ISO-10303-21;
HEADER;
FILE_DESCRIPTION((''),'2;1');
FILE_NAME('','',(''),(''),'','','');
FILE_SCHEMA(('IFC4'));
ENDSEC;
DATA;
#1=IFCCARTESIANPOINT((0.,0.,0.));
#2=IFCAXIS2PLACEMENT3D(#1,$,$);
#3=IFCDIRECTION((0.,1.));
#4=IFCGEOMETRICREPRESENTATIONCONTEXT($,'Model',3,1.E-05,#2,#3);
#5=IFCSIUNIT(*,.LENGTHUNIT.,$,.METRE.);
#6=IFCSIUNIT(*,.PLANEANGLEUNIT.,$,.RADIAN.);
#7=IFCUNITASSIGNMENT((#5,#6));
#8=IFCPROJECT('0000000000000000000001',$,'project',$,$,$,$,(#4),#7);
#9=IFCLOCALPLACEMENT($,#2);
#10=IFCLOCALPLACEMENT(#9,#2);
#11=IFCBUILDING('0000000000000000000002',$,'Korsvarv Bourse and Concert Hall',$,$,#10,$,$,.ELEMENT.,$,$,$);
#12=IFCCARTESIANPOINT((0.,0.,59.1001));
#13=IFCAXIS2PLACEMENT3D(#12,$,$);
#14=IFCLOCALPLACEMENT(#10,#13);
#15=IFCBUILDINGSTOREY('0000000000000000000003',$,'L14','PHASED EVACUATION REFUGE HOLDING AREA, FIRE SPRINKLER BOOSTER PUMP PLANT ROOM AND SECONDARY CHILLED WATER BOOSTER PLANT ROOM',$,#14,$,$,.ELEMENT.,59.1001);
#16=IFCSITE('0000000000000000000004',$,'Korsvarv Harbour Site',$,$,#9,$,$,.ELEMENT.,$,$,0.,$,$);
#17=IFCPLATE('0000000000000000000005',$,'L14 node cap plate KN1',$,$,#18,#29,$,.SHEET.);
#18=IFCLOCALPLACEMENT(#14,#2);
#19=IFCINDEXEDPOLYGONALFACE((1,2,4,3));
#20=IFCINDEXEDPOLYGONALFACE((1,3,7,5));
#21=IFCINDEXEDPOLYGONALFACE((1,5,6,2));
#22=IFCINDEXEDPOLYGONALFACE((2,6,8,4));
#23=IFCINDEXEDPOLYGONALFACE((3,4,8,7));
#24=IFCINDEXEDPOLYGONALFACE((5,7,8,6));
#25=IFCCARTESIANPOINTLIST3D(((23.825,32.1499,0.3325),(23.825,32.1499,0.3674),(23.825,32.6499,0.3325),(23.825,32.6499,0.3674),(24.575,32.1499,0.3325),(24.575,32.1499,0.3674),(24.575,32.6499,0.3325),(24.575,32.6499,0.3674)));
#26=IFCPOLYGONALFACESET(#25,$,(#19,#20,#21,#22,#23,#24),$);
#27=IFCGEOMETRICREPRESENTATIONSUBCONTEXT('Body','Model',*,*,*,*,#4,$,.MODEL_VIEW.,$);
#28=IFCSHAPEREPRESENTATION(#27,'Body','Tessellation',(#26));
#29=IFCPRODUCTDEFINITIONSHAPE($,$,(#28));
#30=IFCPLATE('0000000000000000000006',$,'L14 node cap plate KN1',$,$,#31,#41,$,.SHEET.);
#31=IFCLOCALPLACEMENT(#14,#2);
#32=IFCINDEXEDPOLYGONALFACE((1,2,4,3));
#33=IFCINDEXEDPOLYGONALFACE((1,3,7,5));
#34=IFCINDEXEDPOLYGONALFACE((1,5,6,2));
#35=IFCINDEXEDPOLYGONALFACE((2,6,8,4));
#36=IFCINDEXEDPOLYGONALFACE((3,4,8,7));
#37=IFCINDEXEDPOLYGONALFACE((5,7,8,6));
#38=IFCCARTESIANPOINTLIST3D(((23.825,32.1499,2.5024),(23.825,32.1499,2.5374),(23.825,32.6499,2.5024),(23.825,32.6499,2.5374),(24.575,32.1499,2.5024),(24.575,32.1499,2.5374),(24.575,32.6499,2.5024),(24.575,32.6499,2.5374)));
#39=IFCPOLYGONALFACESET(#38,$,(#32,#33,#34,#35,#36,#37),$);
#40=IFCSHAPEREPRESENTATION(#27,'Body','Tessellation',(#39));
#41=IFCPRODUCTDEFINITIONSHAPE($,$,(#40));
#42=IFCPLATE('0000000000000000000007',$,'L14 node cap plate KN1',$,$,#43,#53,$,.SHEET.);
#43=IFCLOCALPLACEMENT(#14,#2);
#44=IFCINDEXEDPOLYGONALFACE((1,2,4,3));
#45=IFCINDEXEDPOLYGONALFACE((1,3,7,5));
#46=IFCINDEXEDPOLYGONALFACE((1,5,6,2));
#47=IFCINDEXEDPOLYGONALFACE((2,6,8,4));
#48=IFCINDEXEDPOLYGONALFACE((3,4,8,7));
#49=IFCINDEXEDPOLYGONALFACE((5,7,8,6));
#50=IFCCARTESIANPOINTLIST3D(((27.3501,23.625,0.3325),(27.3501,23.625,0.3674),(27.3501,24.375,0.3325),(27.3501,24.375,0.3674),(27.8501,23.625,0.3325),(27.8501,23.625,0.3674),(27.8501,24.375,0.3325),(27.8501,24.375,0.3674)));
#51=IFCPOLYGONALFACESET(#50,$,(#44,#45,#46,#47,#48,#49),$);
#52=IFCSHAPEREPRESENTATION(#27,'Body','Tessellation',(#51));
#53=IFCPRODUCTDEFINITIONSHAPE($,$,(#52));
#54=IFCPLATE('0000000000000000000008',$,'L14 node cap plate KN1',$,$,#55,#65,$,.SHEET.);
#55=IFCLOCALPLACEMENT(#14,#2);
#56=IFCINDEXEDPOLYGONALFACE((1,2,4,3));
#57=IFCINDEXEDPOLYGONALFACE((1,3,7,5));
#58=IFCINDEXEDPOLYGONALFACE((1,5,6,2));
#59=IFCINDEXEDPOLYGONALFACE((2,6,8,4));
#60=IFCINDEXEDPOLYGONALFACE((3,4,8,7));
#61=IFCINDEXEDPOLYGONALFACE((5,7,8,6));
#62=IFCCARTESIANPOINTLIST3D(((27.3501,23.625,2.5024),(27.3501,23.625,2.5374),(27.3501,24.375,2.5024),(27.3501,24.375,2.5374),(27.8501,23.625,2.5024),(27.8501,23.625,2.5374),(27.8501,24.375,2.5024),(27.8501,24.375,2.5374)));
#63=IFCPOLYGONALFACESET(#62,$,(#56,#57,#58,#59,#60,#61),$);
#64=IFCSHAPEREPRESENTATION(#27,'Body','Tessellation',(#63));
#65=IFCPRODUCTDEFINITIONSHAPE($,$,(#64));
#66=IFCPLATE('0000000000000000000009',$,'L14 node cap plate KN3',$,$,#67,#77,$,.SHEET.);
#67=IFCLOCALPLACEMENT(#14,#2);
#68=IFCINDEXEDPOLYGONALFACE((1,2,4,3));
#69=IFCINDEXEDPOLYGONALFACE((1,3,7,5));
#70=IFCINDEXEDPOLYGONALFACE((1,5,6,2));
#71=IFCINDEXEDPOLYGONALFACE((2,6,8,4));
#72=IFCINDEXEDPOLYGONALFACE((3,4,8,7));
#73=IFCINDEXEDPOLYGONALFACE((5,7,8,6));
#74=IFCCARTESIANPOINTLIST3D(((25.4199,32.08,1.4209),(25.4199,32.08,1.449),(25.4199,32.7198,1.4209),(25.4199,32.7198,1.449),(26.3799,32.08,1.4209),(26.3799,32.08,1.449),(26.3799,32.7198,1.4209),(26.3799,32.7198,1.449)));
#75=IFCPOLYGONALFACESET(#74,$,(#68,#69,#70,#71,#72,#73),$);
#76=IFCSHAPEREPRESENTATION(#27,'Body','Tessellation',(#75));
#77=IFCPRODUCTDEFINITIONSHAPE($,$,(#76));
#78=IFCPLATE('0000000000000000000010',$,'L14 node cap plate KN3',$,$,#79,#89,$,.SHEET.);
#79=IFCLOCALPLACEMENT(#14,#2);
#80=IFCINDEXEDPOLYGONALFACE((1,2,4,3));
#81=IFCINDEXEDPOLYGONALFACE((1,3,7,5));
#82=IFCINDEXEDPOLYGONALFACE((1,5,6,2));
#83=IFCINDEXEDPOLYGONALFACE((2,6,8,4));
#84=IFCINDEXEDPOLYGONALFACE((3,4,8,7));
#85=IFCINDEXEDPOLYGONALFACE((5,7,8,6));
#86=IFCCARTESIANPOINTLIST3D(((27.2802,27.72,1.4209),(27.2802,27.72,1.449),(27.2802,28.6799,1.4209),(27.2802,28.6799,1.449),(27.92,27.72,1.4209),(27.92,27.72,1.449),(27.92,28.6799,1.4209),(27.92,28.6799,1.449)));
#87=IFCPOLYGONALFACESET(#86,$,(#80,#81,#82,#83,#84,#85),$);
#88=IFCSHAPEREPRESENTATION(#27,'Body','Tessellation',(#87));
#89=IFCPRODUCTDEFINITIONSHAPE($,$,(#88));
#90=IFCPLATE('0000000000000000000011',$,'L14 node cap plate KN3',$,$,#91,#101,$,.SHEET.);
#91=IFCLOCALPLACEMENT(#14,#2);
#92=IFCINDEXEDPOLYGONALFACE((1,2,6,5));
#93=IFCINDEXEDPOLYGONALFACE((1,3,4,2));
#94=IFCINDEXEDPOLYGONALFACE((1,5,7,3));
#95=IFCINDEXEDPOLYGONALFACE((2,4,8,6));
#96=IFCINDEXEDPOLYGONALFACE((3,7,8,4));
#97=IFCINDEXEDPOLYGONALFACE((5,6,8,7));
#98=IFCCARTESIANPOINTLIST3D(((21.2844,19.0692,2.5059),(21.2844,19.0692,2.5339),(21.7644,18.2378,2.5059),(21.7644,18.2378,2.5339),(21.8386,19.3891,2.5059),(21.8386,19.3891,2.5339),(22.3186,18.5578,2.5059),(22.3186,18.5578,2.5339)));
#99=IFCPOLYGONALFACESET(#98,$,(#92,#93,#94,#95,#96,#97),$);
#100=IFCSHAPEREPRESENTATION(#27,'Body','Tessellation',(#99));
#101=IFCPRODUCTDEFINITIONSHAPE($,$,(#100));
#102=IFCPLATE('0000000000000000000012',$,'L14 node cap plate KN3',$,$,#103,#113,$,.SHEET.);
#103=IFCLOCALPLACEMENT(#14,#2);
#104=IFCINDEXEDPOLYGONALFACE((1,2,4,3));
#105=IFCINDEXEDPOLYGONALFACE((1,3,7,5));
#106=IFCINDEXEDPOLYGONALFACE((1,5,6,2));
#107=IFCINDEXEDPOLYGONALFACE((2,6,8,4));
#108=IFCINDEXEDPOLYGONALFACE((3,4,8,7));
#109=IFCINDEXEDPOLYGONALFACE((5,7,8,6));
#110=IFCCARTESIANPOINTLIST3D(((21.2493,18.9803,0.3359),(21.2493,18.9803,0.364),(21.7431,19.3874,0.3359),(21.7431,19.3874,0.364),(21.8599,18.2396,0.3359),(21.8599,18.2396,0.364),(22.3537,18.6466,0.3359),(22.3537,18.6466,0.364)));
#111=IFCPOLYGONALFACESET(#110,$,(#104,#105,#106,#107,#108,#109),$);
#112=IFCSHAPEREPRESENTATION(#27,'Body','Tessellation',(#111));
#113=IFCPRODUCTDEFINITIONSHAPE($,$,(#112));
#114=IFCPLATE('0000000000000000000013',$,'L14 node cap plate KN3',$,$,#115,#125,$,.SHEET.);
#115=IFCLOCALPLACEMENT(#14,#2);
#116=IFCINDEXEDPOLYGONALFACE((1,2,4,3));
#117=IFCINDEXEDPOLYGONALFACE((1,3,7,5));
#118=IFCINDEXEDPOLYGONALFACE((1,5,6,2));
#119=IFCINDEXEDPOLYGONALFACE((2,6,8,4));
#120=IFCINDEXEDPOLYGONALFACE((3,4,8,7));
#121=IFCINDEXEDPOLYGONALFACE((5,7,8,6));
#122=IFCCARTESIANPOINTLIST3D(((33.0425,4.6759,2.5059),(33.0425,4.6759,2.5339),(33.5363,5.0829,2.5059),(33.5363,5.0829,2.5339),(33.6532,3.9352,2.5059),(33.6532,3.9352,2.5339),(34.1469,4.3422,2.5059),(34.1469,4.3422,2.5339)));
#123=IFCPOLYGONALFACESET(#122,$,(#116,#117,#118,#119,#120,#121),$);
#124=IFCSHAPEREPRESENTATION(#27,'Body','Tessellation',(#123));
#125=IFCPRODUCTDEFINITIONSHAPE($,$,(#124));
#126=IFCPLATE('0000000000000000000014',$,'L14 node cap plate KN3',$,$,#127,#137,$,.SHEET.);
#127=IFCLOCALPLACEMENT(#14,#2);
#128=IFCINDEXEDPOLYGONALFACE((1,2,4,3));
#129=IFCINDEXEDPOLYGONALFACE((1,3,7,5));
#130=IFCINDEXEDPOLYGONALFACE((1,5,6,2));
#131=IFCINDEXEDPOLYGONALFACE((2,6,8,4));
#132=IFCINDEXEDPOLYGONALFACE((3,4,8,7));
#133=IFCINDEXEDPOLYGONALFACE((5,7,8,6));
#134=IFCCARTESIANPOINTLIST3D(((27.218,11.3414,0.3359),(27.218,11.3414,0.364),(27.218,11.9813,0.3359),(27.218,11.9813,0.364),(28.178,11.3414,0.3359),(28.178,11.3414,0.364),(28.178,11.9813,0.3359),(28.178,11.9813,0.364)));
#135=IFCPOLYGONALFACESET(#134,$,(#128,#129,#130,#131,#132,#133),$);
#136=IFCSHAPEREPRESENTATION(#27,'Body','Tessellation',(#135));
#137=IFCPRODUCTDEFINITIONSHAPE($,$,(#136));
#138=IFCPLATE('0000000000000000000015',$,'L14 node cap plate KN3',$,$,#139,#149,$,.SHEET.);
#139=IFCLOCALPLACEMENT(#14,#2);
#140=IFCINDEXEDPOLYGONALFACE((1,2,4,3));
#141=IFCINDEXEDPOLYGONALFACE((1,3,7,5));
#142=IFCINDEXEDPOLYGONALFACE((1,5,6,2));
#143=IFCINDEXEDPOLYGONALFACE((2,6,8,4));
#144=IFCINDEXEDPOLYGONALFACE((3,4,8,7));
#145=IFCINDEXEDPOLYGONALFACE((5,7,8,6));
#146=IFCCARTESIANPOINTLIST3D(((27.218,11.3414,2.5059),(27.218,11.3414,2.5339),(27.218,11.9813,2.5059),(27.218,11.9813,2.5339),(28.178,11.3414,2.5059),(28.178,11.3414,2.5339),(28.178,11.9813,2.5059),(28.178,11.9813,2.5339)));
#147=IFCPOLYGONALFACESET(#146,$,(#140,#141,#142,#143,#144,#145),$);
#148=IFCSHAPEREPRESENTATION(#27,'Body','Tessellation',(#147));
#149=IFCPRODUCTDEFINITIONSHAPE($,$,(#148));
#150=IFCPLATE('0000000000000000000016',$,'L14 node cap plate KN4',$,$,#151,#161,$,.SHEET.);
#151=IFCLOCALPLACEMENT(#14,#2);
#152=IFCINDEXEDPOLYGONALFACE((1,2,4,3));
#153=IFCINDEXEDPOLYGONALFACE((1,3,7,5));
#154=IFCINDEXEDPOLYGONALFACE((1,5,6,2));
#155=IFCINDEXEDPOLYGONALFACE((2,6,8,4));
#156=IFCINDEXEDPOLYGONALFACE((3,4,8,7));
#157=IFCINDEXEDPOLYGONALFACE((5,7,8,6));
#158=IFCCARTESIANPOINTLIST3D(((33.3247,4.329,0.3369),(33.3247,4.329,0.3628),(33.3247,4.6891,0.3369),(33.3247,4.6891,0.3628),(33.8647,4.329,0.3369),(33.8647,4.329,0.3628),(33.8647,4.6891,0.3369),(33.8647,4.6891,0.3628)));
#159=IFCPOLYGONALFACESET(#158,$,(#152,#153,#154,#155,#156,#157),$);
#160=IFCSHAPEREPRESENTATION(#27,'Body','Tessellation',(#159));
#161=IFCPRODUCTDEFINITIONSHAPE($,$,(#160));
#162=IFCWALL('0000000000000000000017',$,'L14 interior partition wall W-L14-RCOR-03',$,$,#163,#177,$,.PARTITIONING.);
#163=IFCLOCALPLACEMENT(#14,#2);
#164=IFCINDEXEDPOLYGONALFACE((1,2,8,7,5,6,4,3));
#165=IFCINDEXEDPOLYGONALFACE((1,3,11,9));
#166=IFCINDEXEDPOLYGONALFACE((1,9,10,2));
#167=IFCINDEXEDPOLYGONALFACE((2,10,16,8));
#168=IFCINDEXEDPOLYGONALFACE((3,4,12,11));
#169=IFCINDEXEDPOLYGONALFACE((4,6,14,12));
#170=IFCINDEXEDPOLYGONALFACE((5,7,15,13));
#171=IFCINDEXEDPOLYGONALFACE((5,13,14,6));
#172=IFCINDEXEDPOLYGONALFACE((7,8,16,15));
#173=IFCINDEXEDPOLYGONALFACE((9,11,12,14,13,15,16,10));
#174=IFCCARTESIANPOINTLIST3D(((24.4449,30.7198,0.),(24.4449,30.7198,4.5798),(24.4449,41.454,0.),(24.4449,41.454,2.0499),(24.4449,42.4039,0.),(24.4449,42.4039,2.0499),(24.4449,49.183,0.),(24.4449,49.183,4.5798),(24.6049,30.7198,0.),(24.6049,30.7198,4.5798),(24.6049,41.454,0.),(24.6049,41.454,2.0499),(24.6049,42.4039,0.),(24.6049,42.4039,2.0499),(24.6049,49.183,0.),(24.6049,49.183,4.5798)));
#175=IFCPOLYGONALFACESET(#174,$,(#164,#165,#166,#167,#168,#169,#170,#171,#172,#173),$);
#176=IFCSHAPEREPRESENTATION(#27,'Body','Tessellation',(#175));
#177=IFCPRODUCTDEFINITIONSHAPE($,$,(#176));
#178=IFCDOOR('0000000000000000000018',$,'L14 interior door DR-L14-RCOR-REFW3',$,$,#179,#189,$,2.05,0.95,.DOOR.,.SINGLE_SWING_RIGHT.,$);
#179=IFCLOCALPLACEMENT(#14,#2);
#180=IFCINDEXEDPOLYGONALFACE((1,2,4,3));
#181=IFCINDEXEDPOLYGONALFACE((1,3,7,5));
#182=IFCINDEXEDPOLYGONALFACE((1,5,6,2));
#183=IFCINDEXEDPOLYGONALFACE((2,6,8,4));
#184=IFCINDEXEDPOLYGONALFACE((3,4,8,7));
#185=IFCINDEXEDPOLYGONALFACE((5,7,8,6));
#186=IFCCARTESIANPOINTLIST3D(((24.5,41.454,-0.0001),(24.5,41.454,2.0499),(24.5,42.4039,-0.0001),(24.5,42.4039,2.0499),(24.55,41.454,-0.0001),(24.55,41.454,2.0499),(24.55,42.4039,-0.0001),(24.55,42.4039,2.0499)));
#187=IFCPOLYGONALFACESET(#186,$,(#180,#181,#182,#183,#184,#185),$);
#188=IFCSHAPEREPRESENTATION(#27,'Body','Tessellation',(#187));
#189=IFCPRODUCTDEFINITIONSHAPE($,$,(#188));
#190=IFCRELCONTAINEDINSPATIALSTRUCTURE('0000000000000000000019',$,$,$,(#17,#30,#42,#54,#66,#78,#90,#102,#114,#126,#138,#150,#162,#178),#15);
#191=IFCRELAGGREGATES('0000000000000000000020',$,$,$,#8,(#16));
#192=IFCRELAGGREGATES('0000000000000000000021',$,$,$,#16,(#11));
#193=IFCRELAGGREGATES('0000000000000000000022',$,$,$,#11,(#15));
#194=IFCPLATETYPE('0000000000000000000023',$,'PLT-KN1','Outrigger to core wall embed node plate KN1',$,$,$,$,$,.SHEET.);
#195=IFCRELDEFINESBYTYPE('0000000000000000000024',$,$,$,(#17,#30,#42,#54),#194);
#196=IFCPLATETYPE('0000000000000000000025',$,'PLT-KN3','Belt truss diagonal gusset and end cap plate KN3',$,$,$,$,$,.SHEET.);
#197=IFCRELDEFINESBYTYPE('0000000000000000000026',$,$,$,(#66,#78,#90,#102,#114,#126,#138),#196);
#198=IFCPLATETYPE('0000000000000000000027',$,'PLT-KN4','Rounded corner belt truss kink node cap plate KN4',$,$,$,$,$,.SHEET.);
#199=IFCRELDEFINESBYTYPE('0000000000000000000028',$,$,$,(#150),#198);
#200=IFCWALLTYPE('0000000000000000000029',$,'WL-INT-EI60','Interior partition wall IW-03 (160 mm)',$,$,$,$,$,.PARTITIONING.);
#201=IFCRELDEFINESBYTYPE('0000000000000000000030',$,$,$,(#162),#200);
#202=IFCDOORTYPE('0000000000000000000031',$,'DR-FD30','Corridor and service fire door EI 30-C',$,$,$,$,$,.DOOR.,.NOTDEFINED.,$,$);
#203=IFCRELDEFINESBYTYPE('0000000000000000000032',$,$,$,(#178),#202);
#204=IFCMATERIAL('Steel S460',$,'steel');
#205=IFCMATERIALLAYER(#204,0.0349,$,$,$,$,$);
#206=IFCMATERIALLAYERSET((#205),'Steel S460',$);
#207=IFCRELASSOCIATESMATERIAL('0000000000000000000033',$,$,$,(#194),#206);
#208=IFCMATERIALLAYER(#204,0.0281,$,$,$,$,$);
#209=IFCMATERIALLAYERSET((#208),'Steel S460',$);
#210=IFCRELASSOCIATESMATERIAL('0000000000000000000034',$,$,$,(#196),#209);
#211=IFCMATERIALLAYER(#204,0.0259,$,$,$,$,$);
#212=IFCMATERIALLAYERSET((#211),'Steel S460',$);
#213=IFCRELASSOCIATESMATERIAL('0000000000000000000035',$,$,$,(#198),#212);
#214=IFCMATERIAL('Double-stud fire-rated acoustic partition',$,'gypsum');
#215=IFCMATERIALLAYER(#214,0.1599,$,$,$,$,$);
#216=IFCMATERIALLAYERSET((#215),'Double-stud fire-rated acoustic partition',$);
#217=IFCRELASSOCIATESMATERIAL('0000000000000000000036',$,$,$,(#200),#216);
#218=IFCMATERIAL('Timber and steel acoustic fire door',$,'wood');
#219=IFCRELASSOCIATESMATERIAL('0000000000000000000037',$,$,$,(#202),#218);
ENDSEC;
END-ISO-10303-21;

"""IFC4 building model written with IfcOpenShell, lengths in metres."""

from ifc_helpers import new_model, si_unit, direction, frame, frame_2d, origin, origin_2d, place, context, subcontext, project, spatial, rectangle, extrude, source, transform, mapped, material, layer, layer_set, type_object, element, fill, save


model = new_model("IFC4")

# Units and contexts
model_context = context("Model", 3, precision=1e-05, world=origin(), true_north=direction((0.0, 1.0)))
body_context = subcontext(model_context, "Body", "Model", "MODEL_VIEW")
ifc_project = project(units=[si_unit("LENGTHUNIT", "METRE"), si_unit("PLANEANGLEUNIT", "RADIAN")], contexts=[model_context])

# Site, building, storey
site_placement = place(None, origin())
site = spatial("IfcSite", under=ifc_project, at=site_placement, Name="Korsvarv Harbour Site", CompositionType="ELEMENT", RefElevation=0.0)
building_placement = place(site_placement, origin())
building = spatial("IfcBuilding", under=site, at=building_placement, Name="Korsvarv Bourse and Concert Hall", CompositionType="ELEMENT")
storey_placement = place(building_placement, frame((0.0, 0.0, 59.1001)))
storey = spatial("IfcBuildingStorey", under=building, at=storey_placement, Name="L14", Description="PHASED EVACUATION REFUGE HOLDING AREA, FIRE SPRINKLER BOOSTER PUMP PLANT ROOM AND SECONDARY CHILLED WATER BOOSTER PLANT ROOM", CompositionType="ELEMENT", Elevation=59.1001)

# Shared definitions
ifc_material_1 = material(Name="Steel S460", Category="steel")

# Plates
ifc_layer_1 = layer(ifc_material_1, 0.0349)
ifc_layer_set_1 = layer_set([ifc_layer_1], Name="Steel S460")
plate_type_1 = type_object("IfcPlateType", Name="PLT-KN1", Description="Outrigger to core wall embed node plate KN1", PredefinedType="SHEET", material=ifc_layer_set_1)
shared_shape_1 = source(origin(), body_context, "Body", "SweptSolid", [
    extrude(rectangle(XDim=0.75, YDim=0.5, at=origin_2d()), origin(), (0.0, 0.0, 1.0), 0.0349),
])
for number, where, z_axis, x_axis, name in (
    (1, (24.2, 32.3999, 0.3325), (0.0, 0.0, 1.0), (1.0, 0.0, 0.0), "L14 node cap plate KN1"),
    (2, (24.2, 32.3999, 2.5024), (0.0, 0.0, 1.0), (1.0, 0.0, 0.0), "L14 node cap plate KN1"),
    (3, (27.6001, 24.0, 0.3325), (0.0, 0.0, 1.0), (0.0, 1.0, 0.0), "L14 node cap plate KN1"),
    (4, (27.6001, 24.0, 2.5024), (0.0, 0.0, 1.0), (0.0, 1.0, 0.0), "L14 node cap plate KN1"),
):
    element("IfcPlate", number, at=place(storey_placement, frame(where, z_axis=z_axis, x_axis=x_axis)), inside=storey, type_object=plate_type_1, Name=name, PredefinedType="SHEET", context=body_context, shape_type="MappedRepresentation", body=[
        mapped(shared_shape_1, transform((0.0, 0.0, 0.0), scale=1.0)),
    ])
ifc_layer_2 = layer(ifc_material_1, 0.0281)
ifc_layer_set_2 = layer_set([ifc_layer_2], Name="Steel S460")
plate_type_2 = type_object("IfcPlateType", Name="PLT-KN3", Description="Belt truss diagonal gusset and end cap plate KN3", PredefinedType="SHEET", material=ifc_layer_set_2)
shared_shape_2 = source(origin(), body_context, "Body", "SweptSolid", [
    extrude(rectangle(XDim=0.96, YDim=0.6399, at=origin_2d()), origin(), (0.0, 0.0, 1.0), 0.0281),
])
for number, where, z_axis, x_axis, name in (
    (5, (25.8999, 32.3999, 1.4209), (0.0, 0.0, 1.0), (1.0, 0.0, 0.0), "L14 node cap plate KN3"),
    (6, (27.6001, 28.2, 1.4209), (0.0, 0.0, 1.0), (0.0, 1.0, 0.0), "L14 node cap plate KN3"),
    (7, (21.8015, 18.8135, 2.5059), (0.0, 0.0, 1.0), (-0.5, 0.866025, 0.0), "L14 node cap plate KN3"),
    (8, (21.8015, 18.8135, 0.3359), (0.0, 0.0, 1.0), (-0.636078, 0.771625, 0.0), "L14 node cap plate KN3"),
    (9, (33.5947, 4.509, 2.5059), (0.0, 0.0, 1.0), (-0.636078, 0.771625, 0.0), "L14 node cap plate KN3"),
    (10, (27.698, 11.6614, 0.3359), (0.0, 0.0, 1.0), (1.0, 0.0, 0.0), "L14 node cap plate KN3"),
    (11, (27.698, 11.6614, 2.5059), (0.0, 0.0, 1.0), (1.0, 0.0, 0.0), "L14 node cap plate KN3"),
):
    element("IfcPlate", number, at=place(storey_placement, frame(where, z_axis=z_axis, x_axis=x_axis)), inside=storey, type_object=plate_type_2, Name=name, PredefinedType="SHEET", context=body_context, shape_type="MappedRepresentation", body=[
        mapped(shared_shape_2, transform((0.0, 0.0, 0.0), scale=1.0)),
    ])
ifc_layer_3 = layer(ifc_material_1, 0.0259)
ifc_layer_set_3 = layer_set([ifc_layer_3], Name="Steel S460")
plate_type_3 = type_object("IfcPlateType", Name="PLT-KN4", Description="Rounded corner belt truss kink node cap plate KN4", PredefinedType="SHEET", material=ifc_layer_set_3)
shared_shape_3 = source(origin(), body_context, "Body", "SweptSolid", [
    extrude(rectangle(XDim=0.54, YDim=0.3601, at=origin_2d()), origin(), (0.0, 0.0, 1.0), 0.0259),
])
plate_1_placement = place(storey_placement, frame((33.5947, 4.509, 0.3369), z_axis=(0.0, 0.0, 1.0), x_axis=(1.0, 0.0, 0.0)))
element("IfcPlate", 12, at=plate_1_placement, inside=storey, type_object=plate_type_3, Name="L14 node cap plate KN4", PredefinedType="SHEET", context=body_context, shape_type="MappedRepresentation", body=[
    mapped(shared_shape_3, transform((0.0, 0.0, 0.0), scale=1.0)),
])

# Wall, opening, door
ifc_material_2 = material(Name="Double-stud fire-rated acoustic partition", Category="gypsum")
ifc_layer_4 = layer(ifc_material_2, 0.1599)
ifc_layer_set_4 = layer_set([ifc_layer_4], Name="Double-stud fire-rated acoustic partition")
wall_type = type_object("IfcWallType", Name="WL-INT-EI60", Description="Interior partition wall IW-03 (160 mm)", PredefinedType="PARTITIONING", material=ifc_layer_set_4)
wall_placement = place(storey_placement, frame((24.5249, 30.72, 0.0), z_axis=(0.0, 0.0, 1.0), x_axis=(0.0, 1.0, 0.0)))
wall = element("IfcWall", 13, at=wall_placement, inside=storey, type_object=wall_type, Name="L14 interior partition wall W-L14-RCOR-03", PredefinedType="PARTITIONING", context=body_context, shape_type="SweptSolid", body=[
    extrude(rectangle(XDim=18.4631, YDim=0.1599, at=frame_2d((9.2314, 0.0))), origin(), (0.0, 0.0, 1.0), 4.5798),
])
opening_placement = place(wall_placement, frame((10.7339, 0.0, 0.0)))
opening = element("IfcOpeningElement", 14, at=opening_placement, cuts=wall, PredefinedType="OPENING", context=body_context, shape_type="SweptSolid", body=[
    extrude(rectangle(XDim=0.95, YDim=2.05, at=frame_2d((0.4751, 1.0249))), frame((0.0, 0.0898, 0.0), z_axis=(0.0, -1.0, 0.0), x_axis=(1.0, 0.0, 0.0)), (0.0, 0.0, 1.0), 0.1799),
])
ifc_material_3 = material(Name="Timber and steel acoustic fire door", Category="wood")
door_type = type_object("IfcDoorType", Name="DR-FD30", Description="Corridor and service fire door EI 30-C", OperationType="NOTDEFINED", PredefinedType="DOOR", material=ifc_material_3)
door_placement = place(opening_placement, origin())
door = element("IfcDoor", 15, at=door_placement, inside=storey, type_object=door_type, Name="L14 interior door DR-L14-RCOR-REFW3", OperationType="SINGLE_SWING_RIGHT", OverallHeight=2.05, OverallWidth=0.95, PredefinedType="DOOR", context=body_context, shape_type="SweptSolid", body=[
    extrude(rectangle(XDim=0.95, YDim=2.05, at=frame_2d((0.4751, 1.0249))), frame((0.0, 0.0249, 0.0), z_axis=(0.0, -1.0, 0.0), x_axis=(1.0, 0.0, 0.0)), (0.0, 0.0, 1.0), 0.05),
])
fill(opening, door)

save(model, "model.ifc")
